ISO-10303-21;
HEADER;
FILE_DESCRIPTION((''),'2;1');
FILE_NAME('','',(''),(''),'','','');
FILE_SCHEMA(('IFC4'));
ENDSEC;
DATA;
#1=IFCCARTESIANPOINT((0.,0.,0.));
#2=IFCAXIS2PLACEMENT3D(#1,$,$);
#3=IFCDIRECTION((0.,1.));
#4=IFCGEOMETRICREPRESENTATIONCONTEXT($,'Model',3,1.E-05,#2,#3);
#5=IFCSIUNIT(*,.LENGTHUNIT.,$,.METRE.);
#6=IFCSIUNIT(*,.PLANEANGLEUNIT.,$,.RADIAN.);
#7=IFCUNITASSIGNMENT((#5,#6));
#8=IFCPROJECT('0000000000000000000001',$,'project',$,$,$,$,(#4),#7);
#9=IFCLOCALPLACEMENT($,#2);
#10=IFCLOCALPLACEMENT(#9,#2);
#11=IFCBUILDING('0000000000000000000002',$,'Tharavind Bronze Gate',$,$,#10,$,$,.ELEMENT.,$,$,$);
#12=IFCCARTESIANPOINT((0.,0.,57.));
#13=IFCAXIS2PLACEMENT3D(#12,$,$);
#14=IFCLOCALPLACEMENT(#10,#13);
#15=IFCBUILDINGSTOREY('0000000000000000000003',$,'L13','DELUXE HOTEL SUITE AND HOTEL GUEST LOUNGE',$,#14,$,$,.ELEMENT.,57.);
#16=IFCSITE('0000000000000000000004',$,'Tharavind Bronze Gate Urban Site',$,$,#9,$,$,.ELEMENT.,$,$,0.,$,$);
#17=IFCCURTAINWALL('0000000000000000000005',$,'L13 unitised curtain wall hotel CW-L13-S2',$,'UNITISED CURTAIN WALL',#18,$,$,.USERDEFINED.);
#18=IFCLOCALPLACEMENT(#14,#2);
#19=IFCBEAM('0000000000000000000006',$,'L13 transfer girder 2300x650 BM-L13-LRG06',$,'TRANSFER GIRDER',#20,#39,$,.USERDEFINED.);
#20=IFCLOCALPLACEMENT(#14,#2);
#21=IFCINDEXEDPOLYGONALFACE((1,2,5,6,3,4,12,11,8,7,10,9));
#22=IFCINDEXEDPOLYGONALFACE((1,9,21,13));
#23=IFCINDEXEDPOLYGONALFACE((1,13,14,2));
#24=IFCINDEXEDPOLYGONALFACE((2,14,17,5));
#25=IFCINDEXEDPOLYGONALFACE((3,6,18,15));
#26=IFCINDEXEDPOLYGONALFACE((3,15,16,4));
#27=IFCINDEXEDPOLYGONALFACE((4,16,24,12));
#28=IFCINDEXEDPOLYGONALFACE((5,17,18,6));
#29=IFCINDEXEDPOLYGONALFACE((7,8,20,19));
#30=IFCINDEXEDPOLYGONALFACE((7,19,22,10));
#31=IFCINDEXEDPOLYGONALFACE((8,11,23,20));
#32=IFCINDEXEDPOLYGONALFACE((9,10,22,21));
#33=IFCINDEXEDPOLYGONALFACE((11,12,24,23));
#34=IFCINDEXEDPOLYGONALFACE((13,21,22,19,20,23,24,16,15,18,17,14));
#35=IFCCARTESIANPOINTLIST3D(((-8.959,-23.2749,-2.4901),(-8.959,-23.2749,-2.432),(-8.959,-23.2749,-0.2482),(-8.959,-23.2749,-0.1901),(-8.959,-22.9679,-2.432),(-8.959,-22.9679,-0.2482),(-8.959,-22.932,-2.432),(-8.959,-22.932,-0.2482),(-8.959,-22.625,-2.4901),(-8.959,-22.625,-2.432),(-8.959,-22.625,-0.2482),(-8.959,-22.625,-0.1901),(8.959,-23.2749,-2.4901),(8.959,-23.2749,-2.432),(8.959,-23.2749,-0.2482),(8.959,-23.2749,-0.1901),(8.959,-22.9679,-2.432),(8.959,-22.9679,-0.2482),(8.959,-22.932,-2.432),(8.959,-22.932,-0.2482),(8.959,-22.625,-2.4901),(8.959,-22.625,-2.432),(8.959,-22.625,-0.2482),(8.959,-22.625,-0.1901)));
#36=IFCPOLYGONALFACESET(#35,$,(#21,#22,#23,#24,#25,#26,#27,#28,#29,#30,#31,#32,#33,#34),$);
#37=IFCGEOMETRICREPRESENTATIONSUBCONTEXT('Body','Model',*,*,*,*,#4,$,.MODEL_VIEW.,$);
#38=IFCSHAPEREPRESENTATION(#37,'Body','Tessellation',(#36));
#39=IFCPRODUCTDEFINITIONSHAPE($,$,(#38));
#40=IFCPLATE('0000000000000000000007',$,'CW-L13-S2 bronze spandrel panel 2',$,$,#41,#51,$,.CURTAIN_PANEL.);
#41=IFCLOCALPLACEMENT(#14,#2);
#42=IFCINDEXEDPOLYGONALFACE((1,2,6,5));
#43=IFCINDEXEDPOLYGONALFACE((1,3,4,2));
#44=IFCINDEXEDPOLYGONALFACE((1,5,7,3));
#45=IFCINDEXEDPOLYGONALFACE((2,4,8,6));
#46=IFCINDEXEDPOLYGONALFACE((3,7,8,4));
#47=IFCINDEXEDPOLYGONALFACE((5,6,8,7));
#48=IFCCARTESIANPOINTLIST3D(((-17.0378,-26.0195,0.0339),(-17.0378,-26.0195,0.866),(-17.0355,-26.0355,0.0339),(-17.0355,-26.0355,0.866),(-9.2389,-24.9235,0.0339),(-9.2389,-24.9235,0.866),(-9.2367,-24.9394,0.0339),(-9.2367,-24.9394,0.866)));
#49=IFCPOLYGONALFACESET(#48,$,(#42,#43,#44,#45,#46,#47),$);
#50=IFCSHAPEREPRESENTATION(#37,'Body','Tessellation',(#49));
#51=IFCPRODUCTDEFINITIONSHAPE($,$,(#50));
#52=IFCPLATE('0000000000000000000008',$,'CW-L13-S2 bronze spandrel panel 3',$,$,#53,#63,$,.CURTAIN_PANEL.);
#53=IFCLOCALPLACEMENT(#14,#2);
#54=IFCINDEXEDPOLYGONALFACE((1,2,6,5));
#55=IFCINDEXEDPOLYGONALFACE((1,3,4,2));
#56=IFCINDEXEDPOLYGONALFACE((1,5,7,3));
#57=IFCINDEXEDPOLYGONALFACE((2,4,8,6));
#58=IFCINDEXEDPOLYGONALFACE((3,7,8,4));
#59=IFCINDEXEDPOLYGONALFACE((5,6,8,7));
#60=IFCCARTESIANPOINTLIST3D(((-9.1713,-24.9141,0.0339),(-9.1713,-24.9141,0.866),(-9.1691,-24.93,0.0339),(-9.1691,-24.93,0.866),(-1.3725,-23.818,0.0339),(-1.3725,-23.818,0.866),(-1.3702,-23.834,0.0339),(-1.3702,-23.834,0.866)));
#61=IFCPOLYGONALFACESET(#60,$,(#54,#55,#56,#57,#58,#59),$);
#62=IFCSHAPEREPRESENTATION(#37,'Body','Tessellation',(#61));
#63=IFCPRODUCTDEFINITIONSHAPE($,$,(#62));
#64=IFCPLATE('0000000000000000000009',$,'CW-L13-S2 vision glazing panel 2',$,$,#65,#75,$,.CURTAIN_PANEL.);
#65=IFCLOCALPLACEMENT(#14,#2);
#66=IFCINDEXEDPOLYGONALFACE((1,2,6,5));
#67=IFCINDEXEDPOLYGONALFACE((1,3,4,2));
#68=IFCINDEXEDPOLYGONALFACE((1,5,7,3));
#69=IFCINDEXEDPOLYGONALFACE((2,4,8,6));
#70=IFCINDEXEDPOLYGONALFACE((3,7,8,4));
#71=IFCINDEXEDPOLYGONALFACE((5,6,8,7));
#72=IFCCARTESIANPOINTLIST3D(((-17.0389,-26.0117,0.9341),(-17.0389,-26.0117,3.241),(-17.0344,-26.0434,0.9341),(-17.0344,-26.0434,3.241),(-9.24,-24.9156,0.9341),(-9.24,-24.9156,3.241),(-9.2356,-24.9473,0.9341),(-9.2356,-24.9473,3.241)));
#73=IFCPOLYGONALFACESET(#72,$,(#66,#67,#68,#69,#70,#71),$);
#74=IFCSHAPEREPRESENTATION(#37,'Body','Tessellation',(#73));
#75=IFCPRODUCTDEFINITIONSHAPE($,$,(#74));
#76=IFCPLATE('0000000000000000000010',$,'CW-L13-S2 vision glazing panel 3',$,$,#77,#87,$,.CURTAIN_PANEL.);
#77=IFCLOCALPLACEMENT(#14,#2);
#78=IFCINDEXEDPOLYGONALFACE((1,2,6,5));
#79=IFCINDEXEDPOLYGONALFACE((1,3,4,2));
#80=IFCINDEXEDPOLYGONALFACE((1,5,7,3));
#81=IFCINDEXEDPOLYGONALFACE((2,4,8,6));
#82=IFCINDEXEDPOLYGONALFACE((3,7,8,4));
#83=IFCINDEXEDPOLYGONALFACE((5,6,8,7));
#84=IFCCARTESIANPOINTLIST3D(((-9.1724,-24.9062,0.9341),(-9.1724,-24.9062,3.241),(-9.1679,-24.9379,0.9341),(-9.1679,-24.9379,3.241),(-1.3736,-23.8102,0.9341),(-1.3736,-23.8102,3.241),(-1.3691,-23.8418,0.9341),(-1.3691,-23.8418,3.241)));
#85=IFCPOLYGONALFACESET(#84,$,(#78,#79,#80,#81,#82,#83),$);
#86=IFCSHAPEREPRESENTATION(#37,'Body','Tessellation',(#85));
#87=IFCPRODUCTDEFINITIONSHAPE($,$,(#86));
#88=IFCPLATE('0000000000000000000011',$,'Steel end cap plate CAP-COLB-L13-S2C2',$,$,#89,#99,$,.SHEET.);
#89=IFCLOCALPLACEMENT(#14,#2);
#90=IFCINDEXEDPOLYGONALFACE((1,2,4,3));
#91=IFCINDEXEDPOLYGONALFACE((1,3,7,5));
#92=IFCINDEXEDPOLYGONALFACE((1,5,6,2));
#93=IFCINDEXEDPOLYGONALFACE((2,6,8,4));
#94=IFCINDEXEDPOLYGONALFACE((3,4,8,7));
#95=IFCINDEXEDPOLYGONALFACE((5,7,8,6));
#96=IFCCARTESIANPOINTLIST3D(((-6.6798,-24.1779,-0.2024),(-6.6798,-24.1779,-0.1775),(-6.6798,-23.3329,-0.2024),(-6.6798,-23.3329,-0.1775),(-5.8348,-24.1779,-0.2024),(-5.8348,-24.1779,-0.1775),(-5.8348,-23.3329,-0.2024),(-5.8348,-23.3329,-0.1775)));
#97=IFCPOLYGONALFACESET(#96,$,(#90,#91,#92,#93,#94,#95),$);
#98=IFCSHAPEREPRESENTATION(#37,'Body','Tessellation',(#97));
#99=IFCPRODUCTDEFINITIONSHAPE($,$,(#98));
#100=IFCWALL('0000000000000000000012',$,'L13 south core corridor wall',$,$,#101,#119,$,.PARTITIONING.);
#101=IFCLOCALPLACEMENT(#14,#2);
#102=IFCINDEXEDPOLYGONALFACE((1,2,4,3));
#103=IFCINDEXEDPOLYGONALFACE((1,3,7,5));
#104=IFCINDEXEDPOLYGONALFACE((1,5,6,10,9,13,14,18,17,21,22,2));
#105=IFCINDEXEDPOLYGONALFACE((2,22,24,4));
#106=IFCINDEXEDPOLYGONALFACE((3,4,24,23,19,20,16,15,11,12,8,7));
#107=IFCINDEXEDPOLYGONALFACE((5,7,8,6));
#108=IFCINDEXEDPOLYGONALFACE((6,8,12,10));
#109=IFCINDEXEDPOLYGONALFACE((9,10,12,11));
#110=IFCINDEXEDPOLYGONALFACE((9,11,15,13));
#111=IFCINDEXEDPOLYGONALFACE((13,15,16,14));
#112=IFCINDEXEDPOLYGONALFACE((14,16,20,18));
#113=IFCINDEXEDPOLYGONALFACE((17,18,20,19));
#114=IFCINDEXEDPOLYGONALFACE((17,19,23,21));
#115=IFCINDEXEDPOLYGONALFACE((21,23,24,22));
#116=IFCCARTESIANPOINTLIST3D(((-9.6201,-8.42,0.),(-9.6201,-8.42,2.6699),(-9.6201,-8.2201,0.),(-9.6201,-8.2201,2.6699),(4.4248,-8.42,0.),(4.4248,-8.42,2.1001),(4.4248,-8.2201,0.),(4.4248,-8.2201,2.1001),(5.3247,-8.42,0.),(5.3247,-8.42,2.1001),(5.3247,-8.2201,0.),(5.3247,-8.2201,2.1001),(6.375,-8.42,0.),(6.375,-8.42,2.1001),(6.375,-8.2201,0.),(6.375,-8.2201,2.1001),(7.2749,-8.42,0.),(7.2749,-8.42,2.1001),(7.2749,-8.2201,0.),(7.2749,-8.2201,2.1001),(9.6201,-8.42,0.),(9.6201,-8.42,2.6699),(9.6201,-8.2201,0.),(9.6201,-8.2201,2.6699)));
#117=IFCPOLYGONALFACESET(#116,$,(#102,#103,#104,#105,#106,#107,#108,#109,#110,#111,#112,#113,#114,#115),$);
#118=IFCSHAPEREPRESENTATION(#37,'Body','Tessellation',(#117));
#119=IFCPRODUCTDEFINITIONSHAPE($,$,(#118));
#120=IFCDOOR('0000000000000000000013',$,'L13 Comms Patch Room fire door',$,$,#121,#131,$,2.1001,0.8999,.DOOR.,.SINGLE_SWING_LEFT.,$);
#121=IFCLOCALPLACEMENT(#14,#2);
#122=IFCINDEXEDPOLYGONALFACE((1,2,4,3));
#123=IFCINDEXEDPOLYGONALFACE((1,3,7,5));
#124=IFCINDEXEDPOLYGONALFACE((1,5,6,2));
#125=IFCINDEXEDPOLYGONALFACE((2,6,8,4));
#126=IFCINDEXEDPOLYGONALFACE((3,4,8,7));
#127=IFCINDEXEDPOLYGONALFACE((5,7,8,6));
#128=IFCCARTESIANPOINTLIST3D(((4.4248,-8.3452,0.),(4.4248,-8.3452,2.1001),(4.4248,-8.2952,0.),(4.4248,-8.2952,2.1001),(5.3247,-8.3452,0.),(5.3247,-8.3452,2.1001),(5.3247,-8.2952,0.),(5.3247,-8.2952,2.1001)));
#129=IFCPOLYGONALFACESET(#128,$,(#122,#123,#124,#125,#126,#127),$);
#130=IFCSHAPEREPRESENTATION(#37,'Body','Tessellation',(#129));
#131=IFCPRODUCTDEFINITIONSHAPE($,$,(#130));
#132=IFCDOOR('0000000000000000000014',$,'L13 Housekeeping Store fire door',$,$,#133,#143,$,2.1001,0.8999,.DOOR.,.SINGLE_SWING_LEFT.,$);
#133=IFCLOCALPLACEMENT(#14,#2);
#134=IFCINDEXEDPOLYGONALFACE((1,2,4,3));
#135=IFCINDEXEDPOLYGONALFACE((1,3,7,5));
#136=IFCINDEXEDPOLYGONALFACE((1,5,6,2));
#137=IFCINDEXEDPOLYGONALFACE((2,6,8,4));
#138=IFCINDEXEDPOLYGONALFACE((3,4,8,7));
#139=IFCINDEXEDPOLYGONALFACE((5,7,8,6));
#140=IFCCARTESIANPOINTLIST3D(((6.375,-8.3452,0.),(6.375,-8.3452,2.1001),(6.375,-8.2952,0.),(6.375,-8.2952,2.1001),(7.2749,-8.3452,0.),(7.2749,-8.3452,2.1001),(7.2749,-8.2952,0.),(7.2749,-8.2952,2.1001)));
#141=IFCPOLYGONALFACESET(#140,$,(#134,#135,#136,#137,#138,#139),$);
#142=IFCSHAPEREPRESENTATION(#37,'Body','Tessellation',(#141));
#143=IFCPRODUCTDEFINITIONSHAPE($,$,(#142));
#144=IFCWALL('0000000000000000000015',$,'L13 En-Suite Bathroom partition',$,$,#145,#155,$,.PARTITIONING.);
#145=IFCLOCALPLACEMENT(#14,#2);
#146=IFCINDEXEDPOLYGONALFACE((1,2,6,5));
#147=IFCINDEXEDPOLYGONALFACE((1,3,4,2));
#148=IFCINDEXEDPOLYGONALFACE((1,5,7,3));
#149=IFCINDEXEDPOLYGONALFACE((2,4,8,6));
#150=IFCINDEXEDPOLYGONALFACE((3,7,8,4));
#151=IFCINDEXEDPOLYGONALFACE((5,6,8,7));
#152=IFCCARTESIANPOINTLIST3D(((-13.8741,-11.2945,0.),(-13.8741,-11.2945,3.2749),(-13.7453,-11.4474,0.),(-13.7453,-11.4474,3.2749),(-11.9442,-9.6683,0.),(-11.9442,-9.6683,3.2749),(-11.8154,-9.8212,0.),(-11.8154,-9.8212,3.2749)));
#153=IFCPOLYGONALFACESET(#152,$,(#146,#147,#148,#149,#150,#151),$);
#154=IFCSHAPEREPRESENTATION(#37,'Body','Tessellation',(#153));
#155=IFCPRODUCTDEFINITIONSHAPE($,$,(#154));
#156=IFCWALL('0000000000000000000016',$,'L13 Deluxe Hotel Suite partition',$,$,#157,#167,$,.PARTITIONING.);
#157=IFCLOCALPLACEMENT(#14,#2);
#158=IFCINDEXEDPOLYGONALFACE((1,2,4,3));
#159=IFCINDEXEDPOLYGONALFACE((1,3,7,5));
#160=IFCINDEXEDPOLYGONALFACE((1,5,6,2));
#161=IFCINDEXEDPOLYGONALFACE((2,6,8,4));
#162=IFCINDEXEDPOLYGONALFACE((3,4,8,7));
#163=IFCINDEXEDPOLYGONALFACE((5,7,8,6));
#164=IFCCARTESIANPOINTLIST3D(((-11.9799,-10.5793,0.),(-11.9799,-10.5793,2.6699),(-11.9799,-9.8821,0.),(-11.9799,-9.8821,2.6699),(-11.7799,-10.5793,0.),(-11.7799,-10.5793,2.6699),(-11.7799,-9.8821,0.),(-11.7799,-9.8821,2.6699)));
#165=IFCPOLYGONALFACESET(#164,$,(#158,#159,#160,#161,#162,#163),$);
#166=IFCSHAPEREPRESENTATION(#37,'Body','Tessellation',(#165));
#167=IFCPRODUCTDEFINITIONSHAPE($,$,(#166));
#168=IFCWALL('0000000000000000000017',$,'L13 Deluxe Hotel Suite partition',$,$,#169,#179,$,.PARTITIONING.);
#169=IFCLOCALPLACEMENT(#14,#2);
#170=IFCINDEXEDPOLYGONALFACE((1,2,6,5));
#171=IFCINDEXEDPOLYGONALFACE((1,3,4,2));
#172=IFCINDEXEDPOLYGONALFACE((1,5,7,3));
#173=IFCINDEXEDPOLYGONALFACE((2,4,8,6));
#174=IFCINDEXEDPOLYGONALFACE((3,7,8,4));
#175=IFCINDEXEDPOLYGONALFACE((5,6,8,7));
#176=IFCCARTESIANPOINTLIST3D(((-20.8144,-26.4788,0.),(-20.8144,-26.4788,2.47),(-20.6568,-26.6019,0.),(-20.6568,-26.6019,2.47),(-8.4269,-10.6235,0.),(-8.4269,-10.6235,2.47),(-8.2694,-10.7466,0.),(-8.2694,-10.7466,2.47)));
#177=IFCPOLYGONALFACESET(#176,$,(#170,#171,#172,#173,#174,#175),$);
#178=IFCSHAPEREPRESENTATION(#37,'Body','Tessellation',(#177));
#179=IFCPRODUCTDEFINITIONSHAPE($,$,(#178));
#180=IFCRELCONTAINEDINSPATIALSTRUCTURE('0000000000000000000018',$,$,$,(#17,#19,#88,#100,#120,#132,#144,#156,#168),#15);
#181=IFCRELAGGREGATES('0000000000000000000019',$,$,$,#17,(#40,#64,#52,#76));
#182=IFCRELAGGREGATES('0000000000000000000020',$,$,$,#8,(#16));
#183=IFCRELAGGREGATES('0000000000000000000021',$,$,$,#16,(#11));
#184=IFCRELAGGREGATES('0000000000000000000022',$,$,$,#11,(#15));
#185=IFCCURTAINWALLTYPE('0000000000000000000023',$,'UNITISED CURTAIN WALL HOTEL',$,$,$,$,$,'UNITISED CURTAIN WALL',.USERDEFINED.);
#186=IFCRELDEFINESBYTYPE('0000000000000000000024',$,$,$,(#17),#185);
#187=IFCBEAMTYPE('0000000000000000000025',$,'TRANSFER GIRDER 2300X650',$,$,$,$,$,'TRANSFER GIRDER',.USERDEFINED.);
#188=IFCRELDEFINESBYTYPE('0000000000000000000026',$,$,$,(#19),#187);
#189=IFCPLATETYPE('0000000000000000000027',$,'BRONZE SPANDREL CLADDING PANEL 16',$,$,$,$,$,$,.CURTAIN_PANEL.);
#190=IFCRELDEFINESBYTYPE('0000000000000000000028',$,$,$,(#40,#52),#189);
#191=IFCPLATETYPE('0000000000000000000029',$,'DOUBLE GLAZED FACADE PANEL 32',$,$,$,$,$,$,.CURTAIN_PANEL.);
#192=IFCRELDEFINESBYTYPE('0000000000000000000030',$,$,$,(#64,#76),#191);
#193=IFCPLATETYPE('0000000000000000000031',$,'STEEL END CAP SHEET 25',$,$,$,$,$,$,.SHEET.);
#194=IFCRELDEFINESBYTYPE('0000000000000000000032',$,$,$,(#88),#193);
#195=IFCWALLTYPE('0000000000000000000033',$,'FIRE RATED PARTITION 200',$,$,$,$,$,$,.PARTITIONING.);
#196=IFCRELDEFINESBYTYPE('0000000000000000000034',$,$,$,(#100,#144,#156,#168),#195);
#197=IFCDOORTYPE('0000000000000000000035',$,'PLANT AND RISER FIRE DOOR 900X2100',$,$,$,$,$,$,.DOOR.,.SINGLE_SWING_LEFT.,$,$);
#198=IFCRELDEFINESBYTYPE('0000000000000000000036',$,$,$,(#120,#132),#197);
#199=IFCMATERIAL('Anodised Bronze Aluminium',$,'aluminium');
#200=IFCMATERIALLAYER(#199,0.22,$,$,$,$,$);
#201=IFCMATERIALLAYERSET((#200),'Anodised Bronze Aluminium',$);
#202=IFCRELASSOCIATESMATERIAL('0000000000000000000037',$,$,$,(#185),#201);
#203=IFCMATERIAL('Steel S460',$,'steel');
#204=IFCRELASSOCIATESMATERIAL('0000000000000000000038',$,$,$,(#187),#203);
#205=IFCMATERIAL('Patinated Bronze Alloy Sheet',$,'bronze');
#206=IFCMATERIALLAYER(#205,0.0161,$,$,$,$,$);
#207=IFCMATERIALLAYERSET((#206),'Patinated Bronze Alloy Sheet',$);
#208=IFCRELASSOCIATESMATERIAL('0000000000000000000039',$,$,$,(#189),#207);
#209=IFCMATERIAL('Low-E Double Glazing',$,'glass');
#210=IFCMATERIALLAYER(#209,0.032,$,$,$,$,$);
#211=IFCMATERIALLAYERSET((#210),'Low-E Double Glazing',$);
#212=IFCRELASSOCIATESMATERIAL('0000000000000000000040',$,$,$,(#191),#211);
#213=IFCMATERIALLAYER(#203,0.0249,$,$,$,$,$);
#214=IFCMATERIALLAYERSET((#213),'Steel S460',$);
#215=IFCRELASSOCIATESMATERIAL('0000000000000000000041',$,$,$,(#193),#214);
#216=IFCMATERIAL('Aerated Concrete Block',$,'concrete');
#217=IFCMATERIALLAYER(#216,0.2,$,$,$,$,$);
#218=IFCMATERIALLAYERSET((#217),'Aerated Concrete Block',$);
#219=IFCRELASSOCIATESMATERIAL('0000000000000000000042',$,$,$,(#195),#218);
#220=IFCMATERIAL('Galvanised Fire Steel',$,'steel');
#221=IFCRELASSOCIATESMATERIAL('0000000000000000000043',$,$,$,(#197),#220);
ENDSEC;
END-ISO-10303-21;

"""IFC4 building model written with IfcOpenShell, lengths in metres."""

from ifc_helpers import new_model, si_unit, direction, frame, frame_2d, origin, origin_2d, place, context, subcontext, project, spatial, rectangle, i_section, extrude, material, layer, layer_set, material_profile, profile_set, type_object, element, fill, aggregate, save


model = new_model("IFC4")

# Units and contexts
model_context = context("Model", 3, precision=1e-05, world=origin(), true_north=direction((0.0, 1.0)))
body_context = subcontext(model_context, "Body", "Model", "MODEL_VIEW")
ifc_project = project(units=[si_unit("LENGTHUNIT", "METRE"), si_unit("PLANEANGLEUNIT", "RADIAN")], contexts=[model_context])

# Site, building, storey
site_placement = place(None, origin())
site = spatial("IfcSite", under=ifc_project, at=site_placement, Name="Tharavind Bronze Gate Urban Site", CompositionType="ELEMENT", RefElevation=0.0)
building_placement = place(site_placement, origin())
building = spatial("IfcBuilding", under=site, at=building_placement, Name="Tharavind Bronze Gate", CompositionType="ELEMENT")
storey_placement = place(building_placement, frame((0.0, 0.0, 57.0)))
storey = spatial("IfcBuildingStorey", under=building, at=storey_placement, Name="L13", Description="DELUXE HOTEL SUITE AND HOTEL GUEST LOUNGE", CompositionType="ELEMENT", Elevation=57.0)

# Shared definitions
ifc_material_1 = material(Name="Steel S460", Category="steel")

# Curtain wall
ifc_material_2 = material(Name="Anodised Bronze Aluminium", Category="aluminium")
ifc_layer_1 = layer(ifc_material_2, 0.22)
ifc_layer_set_1 = layer_set([ifc_layer_1], Name="Anodised Bronze Aluminium")
curtain_wall_type = type_object("IfcCurtainWallType", Name="UNITISED CURTAIN WALL HOTEL", ElementType="UNITISED CURTAIN WALL", PredefinedType="USERDEFINED", material=ifc_layer_set_1)
curtain_wall_placement = place(storey_placement, origin())
curtain_wall = element("IfcCurtainWall", 1, at=curtain_wall_placement, inside=storey, type_object=curtain_wall_type, Name="L13 unitised curtain wall hotel CW-L13-S2", ObjectType="UNITISED CURTAIN WALL", PredefinedType="USERDEFINED")

# Beam
ifc_material_profile_1 = material_profile(ifc_material_1, i_section(OverallWidth=0.6499, OverallDepth=2.3, WebThickness=0.0359, FlangeThickness=0.0581, at=origin_2d()), Name="PG2300X650")
ifc_profile_set_1 = profile_set([ifc_material_profile_1], Name="Steel S460")
beam_type_1 = type_object("IfcBeamType", Name="TRANSFER GIRDER 2300X650", ElementType="TRANSFER GIRDER", PredefinedType="USERDEFINED", material=ifc_profile_set_1)
beam_1_placement = place(storey_placement, frame((-8.959, -22.95, -1.3401), z_axis=(1.0, 0.0, 0.0), x_axis=(0.0, 1.0, 0.0)))
element("IfcBeam", 2, at=beam_1_placement, inside=storey, type_object=beam_type_1, Name="L13 transfer girder 2300x650 BM-L13-LRG06", ObjectType="TRANSFER GIRDER", PredefinedType="USERDEFINED", context=body_context, shape_type="SweptSolid", body=[
    extrude(i_section(OverallWidth=0.6499, OverallDepth=2.3, WebThickness=0.0359, FlangeThickness=0.0581, at=origin_2d()), origin(), (0.0, 0.0, 1.0), 17.918),
])

# Plates
ifc_material_3 = material(Name="Patinated Bronze Alloy Sheet", Category="bronze")
ifc_layer_2 = layer(ifc_material_3, 0.0161)
ifc_layer_set_2 = layer_set([ifc_layer_2], Name="Patinated Bronze Alloy Sheet")
plate_type_1 = type_object("IfcPlateType", Name="BRONZE SPANDREL CLADDING PANEL 16", PredefinedType="CURTAIN_PANEL", material=ifc_layer_set_2)
plate_1_placement = place(storey_placement, frame((-13.1372, -25.4795, 0.0339), z_axis=(0.0, 0.0, 1.0), x_axis=(0.990268, 0.139173, 0.0)))
plate_1 = element("IfcPlate", 3, at=plate_1_placement, type_object=plate_type_1, Name="CW-L13-S2 bronze spandrel panel 2", PredefinedType="CURTAIN_PANEL", context=body_context, shape_type="SweptSolid", body=[
    extrude(rectangle(XDim=7.8755, YDim=0.0161, at=origin_2d()), origin(), (0.0, 0.0, 1.0), 0.832),
])
plate_2_placement = place(storey_placement, frame((-5.2708, -24.374, 0.0339), z_axis=(0.0, 0.0, 1.0), x_axis=(0.990268, 0.139173, 0.0)))
plate_2 = element("IfcPlate", 4, at=plate_2_placement, type_object=plate_type_1, Name="CW-L13-S2 bronze spandrel panel 3", PredefinedType="CURTAIN_PANEL", context=body_context, shape_type="SweptSolid", body=[
    extrude(rectangle(XDim=7.8755, YDim=0.0161, at=origin_2d()), origin(), (0.0, 0.0, 1.0), 0.832),
])
ifc_material_4 = material(Name="Low-E Double Glazing", Category="glass")
ifc_layer_3 = layer(ifc_material_4, 0.032)
ifc_layer_set_3 = layer_set([ifc_layer_3], Name="Low-E Double Glazing")
plate_type_2 = type_object("IfcPlateType", Name="DOUBLE GLAZED FACADE PANEL 32", PredefinedType="CURTAIN_PANEL", material=ifc_layer_set_3)
plate_3_placement = place(storey_placement, frame((-13.1372, -25.4795, 0.9341), z_axis=(0.0, 0.0, 1.0), x_axis=(0.990268, 0.139173, 0.0)))
plate_3 = element("IfcPlate", 5, at=plate_3_placement, type_object=plate_type_2, Name="CW-L13-S2 vision glazing panel 2", PredefinedType="CURTAIN_PANEL", context=body_context, shape_type="SweptSolid", body=[
    extrude(rectangle(XDim=7.8755, YDim=0.032, at=origin_2d()), origin(), (0.0, 0.0, 1.0), 2.3069),
])
plate_4_placement = place(storey_placement, frame((-5.2708, -24.374, 0.9341), z_axis=(0.0, 0.0, 1.0), x_axis=(0.990268, 0.139173, 0.0)))
plate_4 = element("IfcPlate", 6, at=plate_4_placement, type_object=plate_type_2, Name="CW-L13-S2 vision glazing panel 3", PredefinedType="CURTAIN_PANEL", context=body_context, shape_type="SweptSolid", body=[
    extrude(rectangle(XDim=7.8755, YDim=0.032, at=origin_2d()), origin(), (0.0, 0.0, 1.0), 2.3069),
])
aggregate(curtain_wall, [plate_1, plate_3, plate_2, plate_4])
ifc_layer_4 = layer(ifc_material_1, 0.0249)
ifc_layer_set_4 = layer_set([ifc_layer_4], Name="Steel S460")
plate_type_3 = type_object("IfcPlateType", Name="STEEL END CAP SHEET 25", PredefinedType="SHEET", material=ifc_layer_set_4)
plate_5_placement = place(storey_placement, frame((-6.2573, -23.7554, -0.2024), z_axis=(0.0, 0.0, 1.0), x_axis=(1.0, 0.0, 0.0)))
element("IfcPlate", 7, at=plate_5_placement, inside=storey, type_object=plate_type_3, Name="Steel end cap plate CAP-COLB-L13-S2C2", PredefinedType="SHEET", context=body_context, shape_type="SweptSolid", body=[
    extrude(rectangle(XDim=0.845, YDim=0.845, at=origin_2d()), origin(), (0.0, 0.0, 1.0), 0.0249),
])

# Wall, openings, doors
ifc_material_5 = material(Name="Aerated Concrete Block", Category="concrete")
ifc_layer_5 = layer(ifc_material_5, 0.2)
ifc_layer_set_5 = layer_set([ifc_layer_5], Name="Aerated Concrete Block")
wall_type = type_object("IfcWallType", Name="FIRE RATED PARTITION 200", PredefinedType="PARTITIONING", material=ifc_layer_set_5)
wall_1_placement = place(storey_placement, frame((-9.6201, -8.3201, 0.0), z_axis=(0.0, 0.0, 1.0), x_axis=(1.0, 0.0, 0.0)))
wall_1 = element("IfcWall", 8, at=wall_1_placement, inside=storey, type_object=wall_type, Name="L13 south core corridor wall", PredefinedType="PARTITIONING", context=body_context, shape_type="SweptSolid", body=[
    extrude(rectangle(XDim=19.2402, YDim=0.2, at=frame_2d((9.6201, 0.0))), origin(), (0.0, 0.0, 1.0), 2.6699),
])
opening_1_placement = place(wall_1_placement, frame((14.0449, 0.0, 0.0)))
opening_1 = element("IfcOpeningElement", 9, at=opening_1_placement, cuts=wall_1, PredefinedType="OPENING", context=body_context, shape_type="SweptSolid", body=[
    extrude(rectangle(XDim=0.8999, YDim=2.1001, at=frame_2d((0.45, 1.05))), frame((0.0, 0.1101, 0.0), z_axis=(0.0, -1.0, 0.0), x_axis=(1.0, 0.0, 0.0)), (0.0, 0.0, 1.0), 0.22),
])
opening_2_placement = place(wall_1_placement, frame((15.9951, 0.0, 0.0)))
opening_2 = element("IfcOpeningElement", 10, at=opening_2_placement, cuts=wall_1, PredefinedType="OPENING", context=body_context, shape_type="SweptSolid", body=[
    extrude(rectangle(XDim=0.8999, YDim=2.1001, at=frame_2d((0.45, 1.05))), frame((0.0, 0.1101, 0.0), z_axis=(0.0, -1.0, 0.0), x_axis=(1.0, 0.0, 0.0)), (0.0, 0.0, 1.0), 0.22),
])
ifc_material_6 = material(Name="Galvanised Fire Steel", Category="steel")
door_type_1 = type_object("IfcDoorType", Name="PLANT AND RISER FIRE DOOR 900X2100", OperationType="SINGLE_SWING_LEFT", PredefinedType="DOOR", material=ifc_material_6)
door_1_placement = place(opening_1_placement, origin())
door_1 = element("IfcDoor", 11, at=door_1_placement, inside=storey, type_object=door_type_1, Name="L13 Comms Patch Room fire door", OperationType="SINGLE_SWING_LEFT", OverallHeight=2.1001, OverallWidth=0.8999, PredefinedType="DOOR", context=body_context, shape_type="SweptSolid", body=[
    extrude(rectangle(XDim=0.8999, YDim=2.1001, at=frame_2d((0.45, 1.05))), frame((0.0, 0.0249, 0.0), z_axis=(0.0, -1.0, 0.0), x_axis=(1.0, 0.0, 0.0)), (0.0, 0.0, 1.0), 0.05),
])
fill(opening_1, door_1)
door_2_placement = place(opening_2_placement, origin())
door_2 = element("IfcDoor", 12, at=door_2_placement, inside=storey, type_object=door_type_1, Name="L13 Housekeeping Store fire door", OperationType="SINGLE_SWING_LEFT", OverallHeight=2.1001, OverallWidth=0.8999, PredefinedType="DOOR", context=body_context, shape_type="SweptSolid", body=[
    extrude(rectangle(XDim=0.8999, YDim=2.1001, at=frame_2d((0.45, 1.05))), frame((0.0, 0.0249, 0.0), z_axis=(0.0, -1.0, 0.0), x_axis=(1.0, 0.0, 0.0)), (0.0, 0.0, 1.0), 0.05),
])
fill(opening_2, door_2)

# Walls
wall_2_placement = place(storey_placement, frame((-11.8799, -9.7449, 0.0), z_axis=(0.0, 0.0, 1.0), x_axis=(-0.764713, -0.644371, 0.0)))
element("IfcWall", 13, at=wall_2_placement, inside=storey, type_object=wall_type, Name="L13 En-Suite Bathroom partition", PredefinedType="PARTITIONING", context=body_context, shape_type="SweptSolid", body=[
    extrude(rectangle(XDim=2.5237, YDim=0.2, at=frame_2d((1.2617, 0.0))), origin(), (0.0, 0.0, 1.0), 3.2749),
])
wall_3_placement = place(storey_placement, frame((-11.8799, -9.8821, 0.0), z_axis=(0.0, 0.0, 1.0), x_axis=(0.0, -1.0, 0.0)))
element("IfcWall", 14, at=wall_3_placement, inside=storey, type_object=wall_type, Name="L13 Deluxe Hotel Suite partition", PredefinedType="PARTITIONING", context=body_context, shape_type="SweptSolid", body=[
    extrude(rectangle(XDim=0.6973, YDim=0.2, at=frame_2d((0.3486, 0.0))), origin(), (0.0, 0.0, 1.0), 2.6699),
])

# Wall
wall_4_placement = place(storey_placement, frame((-8.3481, -10.6851, 0.0), z_axis=(0.0, 0.0, 1.0), x_axis=(-0.615661, -0.788011, 0.0)))
element("IfcWall", 15, at=wall_4_placement, inside=storey, type_object=wall_type, Name="L13 Deluxe Hotel Suite partition", PredefinedType="PARTITIONING", context=body_context, shape_type="SweptSolid", body=[
    extrude(rectangle(XDim=20.1206, YDim=0.2, at=frame_2d((10.0603, 0.0))), origin(), (0.0, 0.0, 1.0), 2.47),
])

save(model, "model.ifc")
